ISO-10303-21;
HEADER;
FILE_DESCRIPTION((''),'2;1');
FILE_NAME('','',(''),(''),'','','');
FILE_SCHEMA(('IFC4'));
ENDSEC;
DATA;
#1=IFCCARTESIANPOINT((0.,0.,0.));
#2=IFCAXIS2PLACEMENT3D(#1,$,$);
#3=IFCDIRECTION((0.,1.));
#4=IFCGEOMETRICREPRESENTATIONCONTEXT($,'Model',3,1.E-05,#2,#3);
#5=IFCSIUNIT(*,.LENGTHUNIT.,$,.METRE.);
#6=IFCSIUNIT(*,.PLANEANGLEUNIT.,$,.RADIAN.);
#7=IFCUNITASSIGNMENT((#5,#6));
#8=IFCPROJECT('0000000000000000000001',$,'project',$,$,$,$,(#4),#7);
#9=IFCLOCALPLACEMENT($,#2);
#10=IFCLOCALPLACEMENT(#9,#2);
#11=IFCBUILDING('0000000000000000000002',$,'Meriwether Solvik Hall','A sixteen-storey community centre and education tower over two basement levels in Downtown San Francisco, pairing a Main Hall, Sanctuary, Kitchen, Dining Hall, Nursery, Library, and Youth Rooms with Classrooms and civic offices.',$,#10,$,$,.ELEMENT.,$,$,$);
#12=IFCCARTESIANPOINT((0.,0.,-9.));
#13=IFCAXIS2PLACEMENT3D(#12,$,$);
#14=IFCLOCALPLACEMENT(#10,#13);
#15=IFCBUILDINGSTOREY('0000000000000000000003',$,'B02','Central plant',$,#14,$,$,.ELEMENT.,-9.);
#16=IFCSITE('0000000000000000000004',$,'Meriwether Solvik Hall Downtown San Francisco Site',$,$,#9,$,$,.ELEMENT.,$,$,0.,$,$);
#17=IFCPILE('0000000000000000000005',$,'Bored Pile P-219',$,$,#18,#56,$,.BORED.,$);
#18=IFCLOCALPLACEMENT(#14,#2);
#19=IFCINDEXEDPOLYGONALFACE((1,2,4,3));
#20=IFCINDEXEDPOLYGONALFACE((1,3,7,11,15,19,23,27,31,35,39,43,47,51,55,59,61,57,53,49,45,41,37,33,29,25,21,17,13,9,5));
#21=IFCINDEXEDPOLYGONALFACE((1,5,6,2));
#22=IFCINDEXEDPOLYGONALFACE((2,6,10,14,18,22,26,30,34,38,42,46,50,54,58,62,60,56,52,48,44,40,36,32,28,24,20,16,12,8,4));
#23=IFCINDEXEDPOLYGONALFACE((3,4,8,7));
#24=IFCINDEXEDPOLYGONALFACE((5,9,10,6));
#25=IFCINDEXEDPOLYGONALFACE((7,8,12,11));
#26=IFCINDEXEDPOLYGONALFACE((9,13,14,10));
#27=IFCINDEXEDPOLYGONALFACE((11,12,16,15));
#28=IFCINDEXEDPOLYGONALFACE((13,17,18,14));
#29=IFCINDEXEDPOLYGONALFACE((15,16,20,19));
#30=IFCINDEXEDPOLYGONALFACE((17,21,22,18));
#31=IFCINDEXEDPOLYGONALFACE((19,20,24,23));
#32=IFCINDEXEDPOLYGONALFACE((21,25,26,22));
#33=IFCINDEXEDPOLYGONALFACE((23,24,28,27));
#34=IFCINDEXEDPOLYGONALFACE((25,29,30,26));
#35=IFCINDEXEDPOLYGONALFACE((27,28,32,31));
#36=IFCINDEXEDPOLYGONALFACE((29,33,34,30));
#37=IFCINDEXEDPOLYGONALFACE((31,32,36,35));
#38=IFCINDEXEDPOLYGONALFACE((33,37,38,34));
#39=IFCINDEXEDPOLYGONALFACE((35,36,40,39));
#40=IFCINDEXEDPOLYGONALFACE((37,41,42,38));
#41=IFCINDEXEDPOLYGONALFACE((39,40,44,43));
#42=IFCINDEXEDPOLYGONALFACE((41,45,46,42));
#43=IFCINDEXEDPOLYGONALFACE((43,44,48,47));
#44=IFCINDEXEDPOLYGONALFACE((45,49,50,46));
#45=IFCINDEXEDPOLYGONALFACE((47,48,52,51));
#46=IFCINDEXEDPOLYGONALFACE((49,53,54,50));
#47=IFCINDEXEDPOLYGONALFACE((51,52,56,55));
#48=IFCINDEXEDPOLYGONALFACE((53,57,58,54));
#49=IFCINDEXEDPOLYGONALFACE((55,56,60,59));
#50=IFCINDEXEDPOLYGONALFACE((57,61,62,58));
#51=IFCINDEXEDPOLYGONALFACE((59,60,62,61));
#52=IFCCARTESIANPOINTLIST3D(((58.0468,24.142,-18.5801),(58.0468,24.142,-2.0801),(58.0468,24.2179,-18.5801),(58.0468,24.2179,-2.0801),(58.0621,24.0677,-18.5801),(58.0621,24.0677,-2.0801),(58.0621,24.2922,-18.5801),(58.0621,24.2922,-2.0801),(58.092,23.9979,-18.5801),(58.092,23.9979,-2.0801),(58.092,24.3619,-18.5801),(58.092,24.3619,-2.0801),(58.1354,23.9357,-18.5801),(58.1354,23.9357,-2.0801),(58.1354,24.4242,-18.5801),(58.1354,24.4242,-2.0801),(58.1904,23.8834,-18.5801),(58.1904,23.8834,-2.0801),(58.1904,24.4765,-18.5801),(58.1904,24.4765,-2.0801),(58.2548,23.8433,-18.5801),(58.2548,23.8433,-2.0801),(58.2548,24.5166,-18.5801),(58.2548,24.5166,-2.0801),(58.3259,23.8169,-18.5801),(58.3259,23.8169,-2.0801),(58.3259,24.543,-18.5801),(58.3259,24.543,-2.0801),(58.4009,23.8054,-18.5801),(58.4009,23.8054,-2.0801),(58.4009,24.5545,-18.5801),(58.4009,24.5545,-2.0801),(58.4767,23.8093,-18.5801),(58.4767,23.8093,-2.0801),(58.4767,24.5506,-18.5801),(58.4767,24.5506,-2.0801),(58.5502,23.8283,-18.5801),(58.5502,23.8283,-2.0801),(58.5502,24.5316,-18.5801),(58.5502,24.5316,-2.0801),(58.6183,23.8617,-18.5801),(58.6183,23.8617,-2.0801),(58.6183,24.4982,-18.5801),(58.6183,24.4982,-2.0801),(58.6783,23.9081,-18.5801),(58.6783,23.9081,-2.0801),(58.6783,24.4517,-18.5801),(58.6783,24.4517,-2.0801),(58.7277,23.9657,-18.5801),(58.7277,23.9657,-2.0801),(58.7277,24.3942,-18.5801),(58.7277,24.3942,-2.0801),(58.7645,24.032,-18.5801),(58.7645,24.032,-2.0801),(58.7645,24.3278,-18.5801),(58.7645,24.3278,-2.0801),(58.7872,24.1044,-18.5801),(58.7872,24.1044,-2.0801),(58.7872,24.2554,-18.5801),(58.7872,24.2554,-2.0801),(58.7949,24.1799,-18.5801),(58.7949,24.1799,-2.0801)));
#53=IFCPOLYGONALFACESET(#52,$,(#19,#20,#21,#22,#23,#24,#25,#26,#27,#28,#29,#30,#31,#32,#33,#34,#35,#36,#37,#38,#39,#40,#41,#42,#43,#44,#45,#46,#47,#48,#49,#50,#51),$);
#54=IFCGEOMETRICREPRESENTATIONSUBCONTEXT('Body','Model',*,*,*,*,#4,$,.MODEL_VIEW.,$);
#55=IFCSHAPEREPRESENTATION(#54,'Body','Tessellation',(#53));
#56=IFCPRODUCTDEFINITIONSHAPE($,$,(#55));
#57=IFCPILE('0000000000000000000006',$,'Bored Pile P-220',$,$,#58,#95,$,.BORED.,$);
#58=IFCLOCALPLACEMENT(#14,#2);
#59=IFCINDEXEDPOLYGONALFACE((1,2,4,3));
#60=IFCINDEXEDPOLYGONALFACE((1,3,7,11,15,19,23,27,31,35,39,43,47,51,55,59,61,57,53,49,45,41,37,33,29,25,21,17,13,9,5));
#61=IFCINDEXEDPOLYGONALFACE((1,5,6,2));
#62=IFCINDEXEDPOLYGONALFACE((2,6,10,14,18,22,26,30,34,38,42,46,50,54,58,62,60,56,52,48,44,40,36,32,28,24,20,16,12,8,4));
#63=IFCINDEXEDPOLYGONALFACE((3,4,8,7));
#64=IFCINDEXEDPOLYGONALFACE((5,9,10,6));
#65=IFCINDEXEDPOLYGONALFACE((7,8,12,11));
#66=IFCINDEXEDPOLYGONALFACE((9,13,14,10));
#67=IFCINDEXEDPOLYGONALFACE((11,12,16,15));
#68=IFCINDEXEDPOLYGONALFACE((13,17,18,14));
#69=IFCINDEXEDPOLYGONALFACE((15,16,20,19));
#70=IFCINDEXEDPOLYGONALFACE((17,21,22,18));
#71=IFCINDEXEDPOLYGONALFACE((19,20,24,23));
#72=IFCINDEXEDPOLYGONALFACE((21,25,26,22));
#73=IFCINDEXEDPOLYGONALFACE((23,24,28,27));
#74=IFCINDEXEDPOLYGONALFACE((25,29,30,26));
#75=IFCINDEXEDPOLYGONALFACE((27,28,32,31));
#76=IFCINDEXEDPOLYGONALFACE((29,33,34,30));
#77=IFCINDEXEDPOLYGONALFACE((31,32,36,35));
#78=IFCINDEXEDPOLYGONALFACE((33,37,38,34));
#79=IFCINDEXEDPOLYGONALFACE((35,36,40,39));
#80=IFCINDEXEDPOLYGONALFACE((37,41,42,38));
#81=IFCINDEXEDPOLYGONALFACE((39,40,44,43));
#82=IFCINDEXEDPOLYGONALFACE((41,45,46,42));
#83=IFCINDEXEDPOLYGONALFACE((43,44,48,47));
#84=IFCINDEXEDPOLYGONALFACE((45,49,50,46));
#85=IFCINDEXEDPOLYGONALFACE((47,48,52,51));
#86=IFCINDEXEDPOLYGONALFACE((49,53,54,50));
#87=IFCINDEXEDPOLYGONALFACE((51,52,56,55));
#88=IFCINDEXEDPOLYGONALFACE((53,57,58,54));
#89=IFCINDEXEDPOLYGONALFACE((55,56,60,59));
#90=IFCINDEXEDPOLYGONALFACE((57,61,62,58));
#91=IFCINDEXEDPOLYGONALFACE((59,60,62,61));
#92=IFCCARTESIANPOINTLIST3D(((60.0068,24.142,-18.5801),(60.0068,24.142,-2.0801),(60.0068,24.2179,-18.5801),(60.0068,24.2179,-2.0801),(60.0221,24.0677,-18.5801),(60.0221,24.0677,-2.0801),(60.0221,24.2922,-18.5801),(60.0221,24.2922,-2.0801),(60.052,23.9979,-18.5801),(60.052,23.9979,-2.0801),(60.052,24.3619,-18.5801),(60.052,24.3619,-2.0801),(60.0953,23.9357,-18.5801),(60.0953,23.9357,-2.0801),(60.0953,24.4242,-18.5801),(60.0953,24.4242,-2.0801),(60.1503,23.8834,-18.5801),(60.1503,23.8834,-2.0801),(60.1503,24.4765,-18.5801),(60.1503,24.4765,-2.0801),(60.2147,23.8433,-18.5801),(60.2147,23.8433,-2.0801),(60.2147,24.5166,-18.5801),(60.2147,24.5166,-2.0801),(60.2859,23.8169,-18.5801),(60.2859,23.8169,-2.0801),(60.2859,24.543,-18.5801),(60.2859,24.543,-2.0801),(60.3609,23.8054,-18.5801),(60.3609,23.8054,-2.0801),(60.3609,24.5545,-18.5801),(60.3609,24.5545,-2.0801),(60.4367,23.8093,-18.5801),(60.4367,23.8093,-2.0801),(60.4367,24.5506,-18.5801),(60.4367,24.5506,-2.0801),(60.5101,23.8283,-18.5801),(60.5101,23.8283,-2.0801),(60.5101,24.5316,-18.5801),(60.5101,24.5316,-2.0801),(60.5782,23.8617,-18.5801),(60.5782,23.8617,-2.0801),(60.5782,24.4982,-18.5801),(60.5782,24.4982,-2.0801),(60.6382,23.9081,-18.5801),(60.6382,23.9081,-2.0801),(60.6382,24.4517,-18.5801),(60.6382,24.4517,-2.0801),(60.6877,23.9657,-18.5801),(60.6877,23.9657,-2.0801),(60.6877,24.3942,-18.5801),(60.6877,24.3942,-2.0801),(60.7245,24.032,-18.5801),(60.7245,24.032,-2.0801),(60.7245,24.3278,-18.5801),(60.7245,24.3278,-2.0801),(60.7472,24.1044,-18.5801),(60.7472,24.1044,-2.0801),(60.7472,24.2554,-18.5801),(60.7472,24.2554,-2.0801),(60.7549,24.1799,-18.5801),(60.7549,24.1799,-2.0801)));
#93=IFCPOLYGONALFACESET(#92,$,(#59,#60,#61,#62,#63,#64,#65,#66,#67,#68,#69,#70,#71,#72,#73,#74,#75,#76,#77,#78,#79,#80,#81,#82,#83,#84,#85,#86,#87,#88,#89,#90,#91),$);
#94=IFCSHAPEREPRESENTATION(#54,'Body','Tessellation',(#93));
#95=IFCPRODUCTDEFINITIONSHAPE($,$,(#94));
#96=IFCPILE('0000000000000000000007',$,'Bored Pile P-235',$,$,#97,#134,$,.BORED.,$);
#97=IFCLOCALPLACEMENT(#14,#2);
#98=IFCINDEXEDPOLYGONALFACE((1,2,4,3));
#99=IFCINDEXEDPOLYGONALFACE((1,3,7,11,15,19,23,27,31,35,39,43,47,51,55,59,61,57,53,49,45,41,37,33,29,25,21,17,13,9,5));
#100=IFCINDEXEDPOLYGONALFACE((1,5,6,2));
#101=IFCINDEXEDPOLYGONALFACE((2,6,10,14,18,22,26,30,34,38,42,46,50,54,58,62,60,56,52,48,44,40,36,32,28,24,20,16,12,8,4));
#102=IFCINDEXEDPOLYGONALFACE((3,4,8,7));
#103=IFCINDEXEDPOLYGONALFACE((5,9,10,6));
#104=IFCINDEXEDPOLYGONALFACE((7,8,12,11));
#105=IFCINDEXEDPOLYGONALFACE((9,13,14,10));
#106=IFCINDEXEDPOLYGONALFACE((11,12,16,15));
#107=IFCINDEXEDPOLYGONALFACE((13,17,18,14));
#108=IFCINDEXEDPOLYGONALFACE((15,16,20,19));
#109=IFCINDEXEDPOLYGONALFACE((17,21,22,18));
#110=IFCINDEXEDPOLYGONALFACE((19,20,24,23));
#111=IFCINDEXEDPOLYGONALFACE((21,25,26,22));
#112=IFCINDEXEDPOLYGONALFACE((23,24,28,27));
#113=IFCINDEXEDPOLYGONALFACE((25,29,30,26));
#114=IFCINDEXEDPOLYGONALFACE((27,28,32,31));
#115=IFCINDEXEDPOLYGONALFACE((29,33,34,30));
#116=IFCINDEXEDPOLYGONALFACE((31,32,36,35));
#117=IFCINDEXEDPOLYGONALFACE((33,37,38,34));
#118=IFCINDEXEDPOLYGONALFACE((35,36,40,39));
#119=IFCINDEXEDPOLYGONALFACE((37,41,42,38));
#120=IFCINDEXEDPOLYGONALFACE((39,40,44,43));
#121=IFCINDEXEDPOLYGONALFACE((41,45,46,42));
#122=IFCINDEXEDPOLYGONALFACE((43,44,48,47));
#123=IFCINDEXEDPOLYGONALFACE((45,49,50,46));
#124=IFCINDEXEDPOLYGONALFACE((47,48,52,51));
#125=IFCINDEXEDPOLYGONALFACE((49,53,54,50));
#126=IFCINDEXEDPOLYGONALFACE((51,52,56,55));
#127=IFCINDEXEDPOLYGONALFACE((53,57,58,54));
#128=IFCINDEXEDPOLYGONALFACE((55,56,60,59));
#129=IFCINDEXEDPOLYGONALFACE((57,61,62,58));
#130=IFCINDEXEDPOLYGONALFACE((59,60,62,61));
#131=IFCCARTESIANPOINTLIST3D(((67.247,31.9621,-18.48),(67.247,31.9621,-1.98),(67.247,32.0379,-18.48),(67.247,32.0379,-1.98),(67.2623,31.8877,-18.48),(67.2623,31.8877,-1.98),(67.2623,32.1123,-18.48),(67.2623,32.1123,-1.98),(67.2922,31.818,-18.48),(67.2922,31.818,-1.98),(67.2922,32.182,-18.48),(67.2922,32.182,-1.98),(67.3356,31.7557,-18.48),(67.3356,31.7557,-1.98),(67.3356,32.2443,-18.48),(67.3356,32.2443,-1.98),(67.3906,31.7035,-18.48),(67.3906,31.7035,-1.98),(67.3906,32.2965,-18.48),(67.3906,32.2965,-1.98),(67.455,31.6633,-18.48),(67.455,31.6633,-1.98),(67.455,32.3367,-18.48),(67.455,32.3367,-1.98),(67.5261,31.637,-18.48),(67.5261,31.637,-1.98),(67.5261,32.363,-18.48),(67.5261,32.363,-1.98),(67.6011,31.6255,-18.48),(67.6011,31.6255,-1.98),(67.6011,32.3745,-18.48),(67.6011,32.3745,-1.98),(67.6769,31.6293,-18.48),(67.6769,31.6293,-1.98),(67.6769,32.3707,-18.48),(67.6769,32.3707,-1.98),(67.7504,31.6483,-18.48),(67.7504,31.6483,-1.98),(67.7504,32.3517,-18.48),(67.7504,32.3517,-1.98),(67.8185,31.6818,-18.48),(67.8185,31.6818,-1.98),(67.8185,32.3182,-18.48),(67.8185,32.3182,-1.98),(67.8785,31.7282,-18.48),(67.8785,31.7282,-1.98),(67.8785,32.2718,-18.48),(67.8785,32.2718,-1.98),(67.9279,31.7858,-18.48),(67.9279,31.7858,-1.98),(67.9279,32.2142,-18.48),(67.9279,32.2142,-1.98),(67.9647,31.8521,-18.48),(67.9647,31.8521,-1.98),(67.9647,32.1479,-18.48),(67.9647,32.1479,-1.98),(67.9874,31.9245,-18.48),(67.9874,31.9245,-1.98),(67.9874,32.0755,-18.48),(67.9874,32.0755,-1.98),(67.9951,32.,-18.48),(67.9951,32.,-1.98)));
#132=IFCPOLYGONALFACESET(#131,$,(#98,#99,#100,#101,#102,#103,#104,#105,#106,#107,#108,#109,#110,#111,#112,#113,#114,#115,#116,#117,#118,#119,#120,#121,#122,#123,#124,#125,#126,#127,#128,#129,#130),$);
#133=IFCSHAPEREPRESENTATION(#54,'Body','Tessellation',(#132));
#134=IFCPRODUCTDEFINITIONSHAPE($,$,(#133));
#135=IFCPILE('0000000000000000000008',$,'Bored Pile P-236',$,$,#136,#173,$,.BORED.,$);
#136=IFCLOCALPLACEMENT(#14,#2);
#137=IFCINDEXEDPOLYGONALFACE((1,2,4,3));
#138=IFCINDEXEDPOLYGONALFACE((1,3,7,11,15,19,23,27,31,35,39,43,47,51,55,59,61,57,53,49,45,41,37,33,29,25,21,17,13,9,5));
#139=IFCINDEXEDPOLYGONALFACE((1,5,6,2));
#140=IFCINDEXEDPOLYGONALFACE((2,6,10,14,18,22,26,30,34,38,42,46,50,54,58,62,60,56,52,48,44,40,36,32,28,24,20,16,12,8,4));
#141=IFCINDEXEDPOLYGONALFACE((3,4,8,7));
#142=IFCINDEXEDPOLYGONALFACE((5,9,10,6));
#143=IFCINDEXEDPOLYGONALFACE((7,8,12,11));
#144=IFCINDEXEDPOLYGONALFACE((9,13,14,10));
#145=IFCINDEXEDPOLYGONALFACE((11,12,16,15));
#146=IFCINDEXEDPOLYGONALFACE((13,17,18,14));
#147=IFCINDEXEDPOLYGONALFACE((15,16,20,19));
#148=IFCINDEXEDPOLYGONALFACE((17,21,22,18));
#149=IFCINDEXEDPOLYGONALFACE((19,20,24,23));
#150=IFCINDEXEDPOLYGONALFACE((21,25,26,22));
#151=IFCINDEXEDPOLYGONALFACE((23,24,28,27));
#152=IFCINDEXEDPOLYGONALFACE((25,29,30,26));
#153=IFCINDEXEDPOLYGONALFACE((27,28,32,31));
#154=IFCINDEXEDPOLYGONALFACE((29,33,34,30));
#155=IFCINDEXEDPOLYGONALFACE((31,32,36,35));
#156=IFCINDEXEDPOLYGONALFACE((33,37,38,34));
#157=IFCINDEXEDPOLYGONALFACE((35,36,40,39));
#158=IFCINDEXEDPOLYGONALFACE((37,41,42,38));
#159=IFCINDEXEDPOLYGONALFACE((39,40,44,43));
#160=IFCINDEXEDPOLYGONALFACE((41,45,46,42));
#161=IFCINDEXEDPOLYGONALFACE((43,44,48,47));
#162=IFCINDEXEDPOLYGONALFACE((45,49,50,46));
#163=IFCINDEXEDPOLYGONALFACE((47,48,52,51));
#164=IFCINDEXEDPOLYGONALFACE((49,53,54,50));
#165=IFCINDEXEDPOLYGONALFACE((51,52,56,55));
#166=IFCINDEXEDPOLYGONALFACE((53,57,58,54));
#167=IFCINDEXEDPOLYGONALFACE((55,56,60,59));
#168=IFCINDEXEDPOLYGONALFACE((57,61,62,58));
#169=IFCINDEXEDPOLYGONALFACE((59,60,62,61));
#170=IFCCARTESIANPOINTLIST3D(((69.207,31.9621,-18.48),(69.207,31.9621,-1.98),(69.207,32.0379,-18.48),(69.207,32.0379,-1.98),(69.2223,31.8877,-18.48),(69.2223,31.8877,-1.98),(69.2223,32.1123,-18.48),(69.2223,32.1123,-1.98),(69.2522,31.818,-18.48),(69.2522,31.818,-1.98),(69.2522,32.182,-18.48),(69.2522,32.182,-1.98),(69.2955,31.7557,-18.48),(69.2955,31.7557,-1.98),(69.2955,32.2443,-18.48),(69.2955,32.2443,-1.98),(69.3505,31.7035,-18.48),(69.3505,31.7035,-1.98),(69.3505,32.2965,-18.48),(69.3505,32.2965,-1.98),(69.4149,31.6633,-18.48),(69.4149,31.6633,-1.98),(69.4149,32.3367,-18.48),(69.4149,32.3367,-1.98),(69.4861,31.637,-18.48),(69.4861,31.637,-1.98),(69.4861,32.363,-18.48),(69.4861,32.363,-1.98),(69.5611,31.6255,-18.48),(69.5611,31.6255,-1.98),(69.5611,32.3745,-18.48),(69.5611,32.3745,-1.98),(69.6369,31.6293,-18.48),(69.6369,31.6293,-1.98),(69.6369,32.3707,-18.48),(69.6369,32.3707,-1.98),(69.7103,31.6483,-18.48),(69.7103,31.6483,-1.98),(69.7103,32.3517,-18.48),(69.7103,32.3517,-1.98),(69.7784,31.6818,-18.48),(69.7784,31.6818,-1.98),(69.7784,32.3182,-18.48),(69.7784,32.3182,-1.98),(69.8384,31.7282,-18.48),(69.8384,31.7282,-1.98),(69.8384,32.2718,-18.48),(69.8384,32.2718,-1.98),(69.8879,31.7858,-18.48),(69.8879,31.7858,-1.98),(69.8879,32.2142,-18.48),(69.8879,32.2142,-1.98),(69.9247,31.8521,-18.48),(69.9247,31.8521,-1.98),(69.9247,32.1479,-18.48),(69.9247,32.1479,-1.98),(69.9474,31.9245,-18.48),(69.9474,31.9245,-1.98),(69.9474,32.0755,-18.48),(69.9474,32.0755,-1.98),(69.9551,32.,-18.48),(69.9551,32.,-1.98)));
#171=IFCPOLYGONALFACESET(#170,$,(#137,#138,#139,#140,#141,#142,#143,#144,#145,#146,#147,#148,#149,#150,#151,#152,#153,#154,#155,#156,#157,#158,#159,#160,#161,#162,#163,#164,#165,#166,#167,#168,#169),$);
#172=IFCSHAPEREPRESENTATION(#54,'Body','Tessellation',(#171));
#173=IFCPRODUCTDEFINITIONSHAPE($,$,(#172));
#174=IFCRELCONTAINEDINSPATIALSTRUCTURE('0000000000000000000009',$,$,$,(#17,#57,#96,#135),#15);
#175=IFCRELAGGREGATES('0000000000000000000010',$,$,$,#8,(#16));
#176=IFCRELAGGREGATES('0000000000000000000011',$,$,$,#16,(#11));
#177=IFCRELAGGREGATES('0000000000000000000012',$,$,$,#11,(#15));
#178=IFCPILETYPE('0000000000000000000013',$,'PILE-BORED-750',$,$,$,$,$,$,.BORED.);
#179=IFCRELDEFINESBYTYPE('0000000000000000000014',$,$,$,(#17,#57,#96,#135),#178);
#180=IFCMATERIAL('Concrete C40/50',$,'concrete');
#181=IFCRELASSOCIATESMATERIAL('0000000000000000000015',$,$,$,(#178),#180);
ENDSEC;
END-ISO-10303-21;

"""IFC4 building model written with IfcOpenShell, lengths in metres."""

from ifc_helpers import new_model, si_unit, direction, frame, origin, origin_2d, place, context, subcontext, project, spatial, circle, extrude, material, material_profile, profile_set, type_object, element, save


model = new_model("IFC4")

# Units and contexts
model_context = context("Model", 3, precision=1e-05, world=origin(), true_north=direction((0.0, 1.0)))
body_context = subcontext(model_context, "Body", "Model", "MODEL_VIEW")
ifc_project = project(units=[si_unit("LENGTHUNIT", "METRE"), si_unit("PLANEANGLEUNIT", "RADIAN")], contexts=[model_context])

# Site, building, storey
site_placement = place(None, origin())
site = spatial("IfcSite", under=ifc_project, at=site_placement, Name="Meriwether Solvik Hall Downtown San Francisco Site", CompositionType="ELEMENT", RefElevation=0.0)
building_placement = place(site_placement, origin())
building = spatial("IfcBuilding", under=site, at=building_placement, Name="Meriwether Solvik Hall", Description="A sixteen-storey community centre and education tower over two basement levels in Downtown San Francisco, pairing a Main Hall, Sanctuary, Kitchen, Dining Hall, Nursery, Library, and Youth Rooms with Classrooms and civic offices.", CompositionType="ELEMENT")
storey_placement = place(building_placement, frame((0.0, 0.0, -9.0)))
storey = spatial("IfcBuildingStorey", under=building, at=storey_placement, Name="B02", Description="Central plant", CompositionType="ELEMENT", Elevation=-9.0)

# Piles
ifc_material_1 = material(Name="Concrete C40/50", Category="concrete")
ifc_material_profile_1 = material_profile(ifc_material_1, circle(Radius=0.375, at=origin_2d()), Name="PILE-D750")
ifc_profile_set_1 = profile_set([ifc_material_profile_1], Name="Concrete C40/50")
pile_type_1 = type_object("IfcPileType", Name="PILE-BORED-750", PredefinedType="BORED", material=ifc_profile_set_1)
for number, where, z_axis, x_axis, name in (
    (1, (58.4199, 24.1799, -2.0801), (0.0, 0.0, -1.0), (1.0, 0.0, 0.0), "Bored Pile P-219"),
    (2, (60.3799, 24.1799, -2.0801), (0.0, 0.0, -1.0), (1.0, 0.0, 0.0), "Bored Pile P-220"),
    (3, (67.6201, 32.0, -1.98), (0.0, 0.0, -1.0), (1.0, 0.0, 0.0), "Bored Pile P-235"),
    (4, (69.5801, 32.0, -1.98), (0.0, 0.0, -1.0), (1.0, 0.0, 0.0), "Bored Pile P-236"),
):
    element("IfcPile", number, at=place(storey_placement, frame(where, z_axis=z_axis, x_axis=x_axis)), inside=storey, type_object=pile_type_1, Name=name, PredefinedType="BORED", context=body_context, shape_type="SweptSolid", body=[
        extrude(circle(Radius=0.375, at=origin_2d()), origin(), (0.0, 0.0, 1.0), 16.5),
    ])

save(model, "model.ifc")
